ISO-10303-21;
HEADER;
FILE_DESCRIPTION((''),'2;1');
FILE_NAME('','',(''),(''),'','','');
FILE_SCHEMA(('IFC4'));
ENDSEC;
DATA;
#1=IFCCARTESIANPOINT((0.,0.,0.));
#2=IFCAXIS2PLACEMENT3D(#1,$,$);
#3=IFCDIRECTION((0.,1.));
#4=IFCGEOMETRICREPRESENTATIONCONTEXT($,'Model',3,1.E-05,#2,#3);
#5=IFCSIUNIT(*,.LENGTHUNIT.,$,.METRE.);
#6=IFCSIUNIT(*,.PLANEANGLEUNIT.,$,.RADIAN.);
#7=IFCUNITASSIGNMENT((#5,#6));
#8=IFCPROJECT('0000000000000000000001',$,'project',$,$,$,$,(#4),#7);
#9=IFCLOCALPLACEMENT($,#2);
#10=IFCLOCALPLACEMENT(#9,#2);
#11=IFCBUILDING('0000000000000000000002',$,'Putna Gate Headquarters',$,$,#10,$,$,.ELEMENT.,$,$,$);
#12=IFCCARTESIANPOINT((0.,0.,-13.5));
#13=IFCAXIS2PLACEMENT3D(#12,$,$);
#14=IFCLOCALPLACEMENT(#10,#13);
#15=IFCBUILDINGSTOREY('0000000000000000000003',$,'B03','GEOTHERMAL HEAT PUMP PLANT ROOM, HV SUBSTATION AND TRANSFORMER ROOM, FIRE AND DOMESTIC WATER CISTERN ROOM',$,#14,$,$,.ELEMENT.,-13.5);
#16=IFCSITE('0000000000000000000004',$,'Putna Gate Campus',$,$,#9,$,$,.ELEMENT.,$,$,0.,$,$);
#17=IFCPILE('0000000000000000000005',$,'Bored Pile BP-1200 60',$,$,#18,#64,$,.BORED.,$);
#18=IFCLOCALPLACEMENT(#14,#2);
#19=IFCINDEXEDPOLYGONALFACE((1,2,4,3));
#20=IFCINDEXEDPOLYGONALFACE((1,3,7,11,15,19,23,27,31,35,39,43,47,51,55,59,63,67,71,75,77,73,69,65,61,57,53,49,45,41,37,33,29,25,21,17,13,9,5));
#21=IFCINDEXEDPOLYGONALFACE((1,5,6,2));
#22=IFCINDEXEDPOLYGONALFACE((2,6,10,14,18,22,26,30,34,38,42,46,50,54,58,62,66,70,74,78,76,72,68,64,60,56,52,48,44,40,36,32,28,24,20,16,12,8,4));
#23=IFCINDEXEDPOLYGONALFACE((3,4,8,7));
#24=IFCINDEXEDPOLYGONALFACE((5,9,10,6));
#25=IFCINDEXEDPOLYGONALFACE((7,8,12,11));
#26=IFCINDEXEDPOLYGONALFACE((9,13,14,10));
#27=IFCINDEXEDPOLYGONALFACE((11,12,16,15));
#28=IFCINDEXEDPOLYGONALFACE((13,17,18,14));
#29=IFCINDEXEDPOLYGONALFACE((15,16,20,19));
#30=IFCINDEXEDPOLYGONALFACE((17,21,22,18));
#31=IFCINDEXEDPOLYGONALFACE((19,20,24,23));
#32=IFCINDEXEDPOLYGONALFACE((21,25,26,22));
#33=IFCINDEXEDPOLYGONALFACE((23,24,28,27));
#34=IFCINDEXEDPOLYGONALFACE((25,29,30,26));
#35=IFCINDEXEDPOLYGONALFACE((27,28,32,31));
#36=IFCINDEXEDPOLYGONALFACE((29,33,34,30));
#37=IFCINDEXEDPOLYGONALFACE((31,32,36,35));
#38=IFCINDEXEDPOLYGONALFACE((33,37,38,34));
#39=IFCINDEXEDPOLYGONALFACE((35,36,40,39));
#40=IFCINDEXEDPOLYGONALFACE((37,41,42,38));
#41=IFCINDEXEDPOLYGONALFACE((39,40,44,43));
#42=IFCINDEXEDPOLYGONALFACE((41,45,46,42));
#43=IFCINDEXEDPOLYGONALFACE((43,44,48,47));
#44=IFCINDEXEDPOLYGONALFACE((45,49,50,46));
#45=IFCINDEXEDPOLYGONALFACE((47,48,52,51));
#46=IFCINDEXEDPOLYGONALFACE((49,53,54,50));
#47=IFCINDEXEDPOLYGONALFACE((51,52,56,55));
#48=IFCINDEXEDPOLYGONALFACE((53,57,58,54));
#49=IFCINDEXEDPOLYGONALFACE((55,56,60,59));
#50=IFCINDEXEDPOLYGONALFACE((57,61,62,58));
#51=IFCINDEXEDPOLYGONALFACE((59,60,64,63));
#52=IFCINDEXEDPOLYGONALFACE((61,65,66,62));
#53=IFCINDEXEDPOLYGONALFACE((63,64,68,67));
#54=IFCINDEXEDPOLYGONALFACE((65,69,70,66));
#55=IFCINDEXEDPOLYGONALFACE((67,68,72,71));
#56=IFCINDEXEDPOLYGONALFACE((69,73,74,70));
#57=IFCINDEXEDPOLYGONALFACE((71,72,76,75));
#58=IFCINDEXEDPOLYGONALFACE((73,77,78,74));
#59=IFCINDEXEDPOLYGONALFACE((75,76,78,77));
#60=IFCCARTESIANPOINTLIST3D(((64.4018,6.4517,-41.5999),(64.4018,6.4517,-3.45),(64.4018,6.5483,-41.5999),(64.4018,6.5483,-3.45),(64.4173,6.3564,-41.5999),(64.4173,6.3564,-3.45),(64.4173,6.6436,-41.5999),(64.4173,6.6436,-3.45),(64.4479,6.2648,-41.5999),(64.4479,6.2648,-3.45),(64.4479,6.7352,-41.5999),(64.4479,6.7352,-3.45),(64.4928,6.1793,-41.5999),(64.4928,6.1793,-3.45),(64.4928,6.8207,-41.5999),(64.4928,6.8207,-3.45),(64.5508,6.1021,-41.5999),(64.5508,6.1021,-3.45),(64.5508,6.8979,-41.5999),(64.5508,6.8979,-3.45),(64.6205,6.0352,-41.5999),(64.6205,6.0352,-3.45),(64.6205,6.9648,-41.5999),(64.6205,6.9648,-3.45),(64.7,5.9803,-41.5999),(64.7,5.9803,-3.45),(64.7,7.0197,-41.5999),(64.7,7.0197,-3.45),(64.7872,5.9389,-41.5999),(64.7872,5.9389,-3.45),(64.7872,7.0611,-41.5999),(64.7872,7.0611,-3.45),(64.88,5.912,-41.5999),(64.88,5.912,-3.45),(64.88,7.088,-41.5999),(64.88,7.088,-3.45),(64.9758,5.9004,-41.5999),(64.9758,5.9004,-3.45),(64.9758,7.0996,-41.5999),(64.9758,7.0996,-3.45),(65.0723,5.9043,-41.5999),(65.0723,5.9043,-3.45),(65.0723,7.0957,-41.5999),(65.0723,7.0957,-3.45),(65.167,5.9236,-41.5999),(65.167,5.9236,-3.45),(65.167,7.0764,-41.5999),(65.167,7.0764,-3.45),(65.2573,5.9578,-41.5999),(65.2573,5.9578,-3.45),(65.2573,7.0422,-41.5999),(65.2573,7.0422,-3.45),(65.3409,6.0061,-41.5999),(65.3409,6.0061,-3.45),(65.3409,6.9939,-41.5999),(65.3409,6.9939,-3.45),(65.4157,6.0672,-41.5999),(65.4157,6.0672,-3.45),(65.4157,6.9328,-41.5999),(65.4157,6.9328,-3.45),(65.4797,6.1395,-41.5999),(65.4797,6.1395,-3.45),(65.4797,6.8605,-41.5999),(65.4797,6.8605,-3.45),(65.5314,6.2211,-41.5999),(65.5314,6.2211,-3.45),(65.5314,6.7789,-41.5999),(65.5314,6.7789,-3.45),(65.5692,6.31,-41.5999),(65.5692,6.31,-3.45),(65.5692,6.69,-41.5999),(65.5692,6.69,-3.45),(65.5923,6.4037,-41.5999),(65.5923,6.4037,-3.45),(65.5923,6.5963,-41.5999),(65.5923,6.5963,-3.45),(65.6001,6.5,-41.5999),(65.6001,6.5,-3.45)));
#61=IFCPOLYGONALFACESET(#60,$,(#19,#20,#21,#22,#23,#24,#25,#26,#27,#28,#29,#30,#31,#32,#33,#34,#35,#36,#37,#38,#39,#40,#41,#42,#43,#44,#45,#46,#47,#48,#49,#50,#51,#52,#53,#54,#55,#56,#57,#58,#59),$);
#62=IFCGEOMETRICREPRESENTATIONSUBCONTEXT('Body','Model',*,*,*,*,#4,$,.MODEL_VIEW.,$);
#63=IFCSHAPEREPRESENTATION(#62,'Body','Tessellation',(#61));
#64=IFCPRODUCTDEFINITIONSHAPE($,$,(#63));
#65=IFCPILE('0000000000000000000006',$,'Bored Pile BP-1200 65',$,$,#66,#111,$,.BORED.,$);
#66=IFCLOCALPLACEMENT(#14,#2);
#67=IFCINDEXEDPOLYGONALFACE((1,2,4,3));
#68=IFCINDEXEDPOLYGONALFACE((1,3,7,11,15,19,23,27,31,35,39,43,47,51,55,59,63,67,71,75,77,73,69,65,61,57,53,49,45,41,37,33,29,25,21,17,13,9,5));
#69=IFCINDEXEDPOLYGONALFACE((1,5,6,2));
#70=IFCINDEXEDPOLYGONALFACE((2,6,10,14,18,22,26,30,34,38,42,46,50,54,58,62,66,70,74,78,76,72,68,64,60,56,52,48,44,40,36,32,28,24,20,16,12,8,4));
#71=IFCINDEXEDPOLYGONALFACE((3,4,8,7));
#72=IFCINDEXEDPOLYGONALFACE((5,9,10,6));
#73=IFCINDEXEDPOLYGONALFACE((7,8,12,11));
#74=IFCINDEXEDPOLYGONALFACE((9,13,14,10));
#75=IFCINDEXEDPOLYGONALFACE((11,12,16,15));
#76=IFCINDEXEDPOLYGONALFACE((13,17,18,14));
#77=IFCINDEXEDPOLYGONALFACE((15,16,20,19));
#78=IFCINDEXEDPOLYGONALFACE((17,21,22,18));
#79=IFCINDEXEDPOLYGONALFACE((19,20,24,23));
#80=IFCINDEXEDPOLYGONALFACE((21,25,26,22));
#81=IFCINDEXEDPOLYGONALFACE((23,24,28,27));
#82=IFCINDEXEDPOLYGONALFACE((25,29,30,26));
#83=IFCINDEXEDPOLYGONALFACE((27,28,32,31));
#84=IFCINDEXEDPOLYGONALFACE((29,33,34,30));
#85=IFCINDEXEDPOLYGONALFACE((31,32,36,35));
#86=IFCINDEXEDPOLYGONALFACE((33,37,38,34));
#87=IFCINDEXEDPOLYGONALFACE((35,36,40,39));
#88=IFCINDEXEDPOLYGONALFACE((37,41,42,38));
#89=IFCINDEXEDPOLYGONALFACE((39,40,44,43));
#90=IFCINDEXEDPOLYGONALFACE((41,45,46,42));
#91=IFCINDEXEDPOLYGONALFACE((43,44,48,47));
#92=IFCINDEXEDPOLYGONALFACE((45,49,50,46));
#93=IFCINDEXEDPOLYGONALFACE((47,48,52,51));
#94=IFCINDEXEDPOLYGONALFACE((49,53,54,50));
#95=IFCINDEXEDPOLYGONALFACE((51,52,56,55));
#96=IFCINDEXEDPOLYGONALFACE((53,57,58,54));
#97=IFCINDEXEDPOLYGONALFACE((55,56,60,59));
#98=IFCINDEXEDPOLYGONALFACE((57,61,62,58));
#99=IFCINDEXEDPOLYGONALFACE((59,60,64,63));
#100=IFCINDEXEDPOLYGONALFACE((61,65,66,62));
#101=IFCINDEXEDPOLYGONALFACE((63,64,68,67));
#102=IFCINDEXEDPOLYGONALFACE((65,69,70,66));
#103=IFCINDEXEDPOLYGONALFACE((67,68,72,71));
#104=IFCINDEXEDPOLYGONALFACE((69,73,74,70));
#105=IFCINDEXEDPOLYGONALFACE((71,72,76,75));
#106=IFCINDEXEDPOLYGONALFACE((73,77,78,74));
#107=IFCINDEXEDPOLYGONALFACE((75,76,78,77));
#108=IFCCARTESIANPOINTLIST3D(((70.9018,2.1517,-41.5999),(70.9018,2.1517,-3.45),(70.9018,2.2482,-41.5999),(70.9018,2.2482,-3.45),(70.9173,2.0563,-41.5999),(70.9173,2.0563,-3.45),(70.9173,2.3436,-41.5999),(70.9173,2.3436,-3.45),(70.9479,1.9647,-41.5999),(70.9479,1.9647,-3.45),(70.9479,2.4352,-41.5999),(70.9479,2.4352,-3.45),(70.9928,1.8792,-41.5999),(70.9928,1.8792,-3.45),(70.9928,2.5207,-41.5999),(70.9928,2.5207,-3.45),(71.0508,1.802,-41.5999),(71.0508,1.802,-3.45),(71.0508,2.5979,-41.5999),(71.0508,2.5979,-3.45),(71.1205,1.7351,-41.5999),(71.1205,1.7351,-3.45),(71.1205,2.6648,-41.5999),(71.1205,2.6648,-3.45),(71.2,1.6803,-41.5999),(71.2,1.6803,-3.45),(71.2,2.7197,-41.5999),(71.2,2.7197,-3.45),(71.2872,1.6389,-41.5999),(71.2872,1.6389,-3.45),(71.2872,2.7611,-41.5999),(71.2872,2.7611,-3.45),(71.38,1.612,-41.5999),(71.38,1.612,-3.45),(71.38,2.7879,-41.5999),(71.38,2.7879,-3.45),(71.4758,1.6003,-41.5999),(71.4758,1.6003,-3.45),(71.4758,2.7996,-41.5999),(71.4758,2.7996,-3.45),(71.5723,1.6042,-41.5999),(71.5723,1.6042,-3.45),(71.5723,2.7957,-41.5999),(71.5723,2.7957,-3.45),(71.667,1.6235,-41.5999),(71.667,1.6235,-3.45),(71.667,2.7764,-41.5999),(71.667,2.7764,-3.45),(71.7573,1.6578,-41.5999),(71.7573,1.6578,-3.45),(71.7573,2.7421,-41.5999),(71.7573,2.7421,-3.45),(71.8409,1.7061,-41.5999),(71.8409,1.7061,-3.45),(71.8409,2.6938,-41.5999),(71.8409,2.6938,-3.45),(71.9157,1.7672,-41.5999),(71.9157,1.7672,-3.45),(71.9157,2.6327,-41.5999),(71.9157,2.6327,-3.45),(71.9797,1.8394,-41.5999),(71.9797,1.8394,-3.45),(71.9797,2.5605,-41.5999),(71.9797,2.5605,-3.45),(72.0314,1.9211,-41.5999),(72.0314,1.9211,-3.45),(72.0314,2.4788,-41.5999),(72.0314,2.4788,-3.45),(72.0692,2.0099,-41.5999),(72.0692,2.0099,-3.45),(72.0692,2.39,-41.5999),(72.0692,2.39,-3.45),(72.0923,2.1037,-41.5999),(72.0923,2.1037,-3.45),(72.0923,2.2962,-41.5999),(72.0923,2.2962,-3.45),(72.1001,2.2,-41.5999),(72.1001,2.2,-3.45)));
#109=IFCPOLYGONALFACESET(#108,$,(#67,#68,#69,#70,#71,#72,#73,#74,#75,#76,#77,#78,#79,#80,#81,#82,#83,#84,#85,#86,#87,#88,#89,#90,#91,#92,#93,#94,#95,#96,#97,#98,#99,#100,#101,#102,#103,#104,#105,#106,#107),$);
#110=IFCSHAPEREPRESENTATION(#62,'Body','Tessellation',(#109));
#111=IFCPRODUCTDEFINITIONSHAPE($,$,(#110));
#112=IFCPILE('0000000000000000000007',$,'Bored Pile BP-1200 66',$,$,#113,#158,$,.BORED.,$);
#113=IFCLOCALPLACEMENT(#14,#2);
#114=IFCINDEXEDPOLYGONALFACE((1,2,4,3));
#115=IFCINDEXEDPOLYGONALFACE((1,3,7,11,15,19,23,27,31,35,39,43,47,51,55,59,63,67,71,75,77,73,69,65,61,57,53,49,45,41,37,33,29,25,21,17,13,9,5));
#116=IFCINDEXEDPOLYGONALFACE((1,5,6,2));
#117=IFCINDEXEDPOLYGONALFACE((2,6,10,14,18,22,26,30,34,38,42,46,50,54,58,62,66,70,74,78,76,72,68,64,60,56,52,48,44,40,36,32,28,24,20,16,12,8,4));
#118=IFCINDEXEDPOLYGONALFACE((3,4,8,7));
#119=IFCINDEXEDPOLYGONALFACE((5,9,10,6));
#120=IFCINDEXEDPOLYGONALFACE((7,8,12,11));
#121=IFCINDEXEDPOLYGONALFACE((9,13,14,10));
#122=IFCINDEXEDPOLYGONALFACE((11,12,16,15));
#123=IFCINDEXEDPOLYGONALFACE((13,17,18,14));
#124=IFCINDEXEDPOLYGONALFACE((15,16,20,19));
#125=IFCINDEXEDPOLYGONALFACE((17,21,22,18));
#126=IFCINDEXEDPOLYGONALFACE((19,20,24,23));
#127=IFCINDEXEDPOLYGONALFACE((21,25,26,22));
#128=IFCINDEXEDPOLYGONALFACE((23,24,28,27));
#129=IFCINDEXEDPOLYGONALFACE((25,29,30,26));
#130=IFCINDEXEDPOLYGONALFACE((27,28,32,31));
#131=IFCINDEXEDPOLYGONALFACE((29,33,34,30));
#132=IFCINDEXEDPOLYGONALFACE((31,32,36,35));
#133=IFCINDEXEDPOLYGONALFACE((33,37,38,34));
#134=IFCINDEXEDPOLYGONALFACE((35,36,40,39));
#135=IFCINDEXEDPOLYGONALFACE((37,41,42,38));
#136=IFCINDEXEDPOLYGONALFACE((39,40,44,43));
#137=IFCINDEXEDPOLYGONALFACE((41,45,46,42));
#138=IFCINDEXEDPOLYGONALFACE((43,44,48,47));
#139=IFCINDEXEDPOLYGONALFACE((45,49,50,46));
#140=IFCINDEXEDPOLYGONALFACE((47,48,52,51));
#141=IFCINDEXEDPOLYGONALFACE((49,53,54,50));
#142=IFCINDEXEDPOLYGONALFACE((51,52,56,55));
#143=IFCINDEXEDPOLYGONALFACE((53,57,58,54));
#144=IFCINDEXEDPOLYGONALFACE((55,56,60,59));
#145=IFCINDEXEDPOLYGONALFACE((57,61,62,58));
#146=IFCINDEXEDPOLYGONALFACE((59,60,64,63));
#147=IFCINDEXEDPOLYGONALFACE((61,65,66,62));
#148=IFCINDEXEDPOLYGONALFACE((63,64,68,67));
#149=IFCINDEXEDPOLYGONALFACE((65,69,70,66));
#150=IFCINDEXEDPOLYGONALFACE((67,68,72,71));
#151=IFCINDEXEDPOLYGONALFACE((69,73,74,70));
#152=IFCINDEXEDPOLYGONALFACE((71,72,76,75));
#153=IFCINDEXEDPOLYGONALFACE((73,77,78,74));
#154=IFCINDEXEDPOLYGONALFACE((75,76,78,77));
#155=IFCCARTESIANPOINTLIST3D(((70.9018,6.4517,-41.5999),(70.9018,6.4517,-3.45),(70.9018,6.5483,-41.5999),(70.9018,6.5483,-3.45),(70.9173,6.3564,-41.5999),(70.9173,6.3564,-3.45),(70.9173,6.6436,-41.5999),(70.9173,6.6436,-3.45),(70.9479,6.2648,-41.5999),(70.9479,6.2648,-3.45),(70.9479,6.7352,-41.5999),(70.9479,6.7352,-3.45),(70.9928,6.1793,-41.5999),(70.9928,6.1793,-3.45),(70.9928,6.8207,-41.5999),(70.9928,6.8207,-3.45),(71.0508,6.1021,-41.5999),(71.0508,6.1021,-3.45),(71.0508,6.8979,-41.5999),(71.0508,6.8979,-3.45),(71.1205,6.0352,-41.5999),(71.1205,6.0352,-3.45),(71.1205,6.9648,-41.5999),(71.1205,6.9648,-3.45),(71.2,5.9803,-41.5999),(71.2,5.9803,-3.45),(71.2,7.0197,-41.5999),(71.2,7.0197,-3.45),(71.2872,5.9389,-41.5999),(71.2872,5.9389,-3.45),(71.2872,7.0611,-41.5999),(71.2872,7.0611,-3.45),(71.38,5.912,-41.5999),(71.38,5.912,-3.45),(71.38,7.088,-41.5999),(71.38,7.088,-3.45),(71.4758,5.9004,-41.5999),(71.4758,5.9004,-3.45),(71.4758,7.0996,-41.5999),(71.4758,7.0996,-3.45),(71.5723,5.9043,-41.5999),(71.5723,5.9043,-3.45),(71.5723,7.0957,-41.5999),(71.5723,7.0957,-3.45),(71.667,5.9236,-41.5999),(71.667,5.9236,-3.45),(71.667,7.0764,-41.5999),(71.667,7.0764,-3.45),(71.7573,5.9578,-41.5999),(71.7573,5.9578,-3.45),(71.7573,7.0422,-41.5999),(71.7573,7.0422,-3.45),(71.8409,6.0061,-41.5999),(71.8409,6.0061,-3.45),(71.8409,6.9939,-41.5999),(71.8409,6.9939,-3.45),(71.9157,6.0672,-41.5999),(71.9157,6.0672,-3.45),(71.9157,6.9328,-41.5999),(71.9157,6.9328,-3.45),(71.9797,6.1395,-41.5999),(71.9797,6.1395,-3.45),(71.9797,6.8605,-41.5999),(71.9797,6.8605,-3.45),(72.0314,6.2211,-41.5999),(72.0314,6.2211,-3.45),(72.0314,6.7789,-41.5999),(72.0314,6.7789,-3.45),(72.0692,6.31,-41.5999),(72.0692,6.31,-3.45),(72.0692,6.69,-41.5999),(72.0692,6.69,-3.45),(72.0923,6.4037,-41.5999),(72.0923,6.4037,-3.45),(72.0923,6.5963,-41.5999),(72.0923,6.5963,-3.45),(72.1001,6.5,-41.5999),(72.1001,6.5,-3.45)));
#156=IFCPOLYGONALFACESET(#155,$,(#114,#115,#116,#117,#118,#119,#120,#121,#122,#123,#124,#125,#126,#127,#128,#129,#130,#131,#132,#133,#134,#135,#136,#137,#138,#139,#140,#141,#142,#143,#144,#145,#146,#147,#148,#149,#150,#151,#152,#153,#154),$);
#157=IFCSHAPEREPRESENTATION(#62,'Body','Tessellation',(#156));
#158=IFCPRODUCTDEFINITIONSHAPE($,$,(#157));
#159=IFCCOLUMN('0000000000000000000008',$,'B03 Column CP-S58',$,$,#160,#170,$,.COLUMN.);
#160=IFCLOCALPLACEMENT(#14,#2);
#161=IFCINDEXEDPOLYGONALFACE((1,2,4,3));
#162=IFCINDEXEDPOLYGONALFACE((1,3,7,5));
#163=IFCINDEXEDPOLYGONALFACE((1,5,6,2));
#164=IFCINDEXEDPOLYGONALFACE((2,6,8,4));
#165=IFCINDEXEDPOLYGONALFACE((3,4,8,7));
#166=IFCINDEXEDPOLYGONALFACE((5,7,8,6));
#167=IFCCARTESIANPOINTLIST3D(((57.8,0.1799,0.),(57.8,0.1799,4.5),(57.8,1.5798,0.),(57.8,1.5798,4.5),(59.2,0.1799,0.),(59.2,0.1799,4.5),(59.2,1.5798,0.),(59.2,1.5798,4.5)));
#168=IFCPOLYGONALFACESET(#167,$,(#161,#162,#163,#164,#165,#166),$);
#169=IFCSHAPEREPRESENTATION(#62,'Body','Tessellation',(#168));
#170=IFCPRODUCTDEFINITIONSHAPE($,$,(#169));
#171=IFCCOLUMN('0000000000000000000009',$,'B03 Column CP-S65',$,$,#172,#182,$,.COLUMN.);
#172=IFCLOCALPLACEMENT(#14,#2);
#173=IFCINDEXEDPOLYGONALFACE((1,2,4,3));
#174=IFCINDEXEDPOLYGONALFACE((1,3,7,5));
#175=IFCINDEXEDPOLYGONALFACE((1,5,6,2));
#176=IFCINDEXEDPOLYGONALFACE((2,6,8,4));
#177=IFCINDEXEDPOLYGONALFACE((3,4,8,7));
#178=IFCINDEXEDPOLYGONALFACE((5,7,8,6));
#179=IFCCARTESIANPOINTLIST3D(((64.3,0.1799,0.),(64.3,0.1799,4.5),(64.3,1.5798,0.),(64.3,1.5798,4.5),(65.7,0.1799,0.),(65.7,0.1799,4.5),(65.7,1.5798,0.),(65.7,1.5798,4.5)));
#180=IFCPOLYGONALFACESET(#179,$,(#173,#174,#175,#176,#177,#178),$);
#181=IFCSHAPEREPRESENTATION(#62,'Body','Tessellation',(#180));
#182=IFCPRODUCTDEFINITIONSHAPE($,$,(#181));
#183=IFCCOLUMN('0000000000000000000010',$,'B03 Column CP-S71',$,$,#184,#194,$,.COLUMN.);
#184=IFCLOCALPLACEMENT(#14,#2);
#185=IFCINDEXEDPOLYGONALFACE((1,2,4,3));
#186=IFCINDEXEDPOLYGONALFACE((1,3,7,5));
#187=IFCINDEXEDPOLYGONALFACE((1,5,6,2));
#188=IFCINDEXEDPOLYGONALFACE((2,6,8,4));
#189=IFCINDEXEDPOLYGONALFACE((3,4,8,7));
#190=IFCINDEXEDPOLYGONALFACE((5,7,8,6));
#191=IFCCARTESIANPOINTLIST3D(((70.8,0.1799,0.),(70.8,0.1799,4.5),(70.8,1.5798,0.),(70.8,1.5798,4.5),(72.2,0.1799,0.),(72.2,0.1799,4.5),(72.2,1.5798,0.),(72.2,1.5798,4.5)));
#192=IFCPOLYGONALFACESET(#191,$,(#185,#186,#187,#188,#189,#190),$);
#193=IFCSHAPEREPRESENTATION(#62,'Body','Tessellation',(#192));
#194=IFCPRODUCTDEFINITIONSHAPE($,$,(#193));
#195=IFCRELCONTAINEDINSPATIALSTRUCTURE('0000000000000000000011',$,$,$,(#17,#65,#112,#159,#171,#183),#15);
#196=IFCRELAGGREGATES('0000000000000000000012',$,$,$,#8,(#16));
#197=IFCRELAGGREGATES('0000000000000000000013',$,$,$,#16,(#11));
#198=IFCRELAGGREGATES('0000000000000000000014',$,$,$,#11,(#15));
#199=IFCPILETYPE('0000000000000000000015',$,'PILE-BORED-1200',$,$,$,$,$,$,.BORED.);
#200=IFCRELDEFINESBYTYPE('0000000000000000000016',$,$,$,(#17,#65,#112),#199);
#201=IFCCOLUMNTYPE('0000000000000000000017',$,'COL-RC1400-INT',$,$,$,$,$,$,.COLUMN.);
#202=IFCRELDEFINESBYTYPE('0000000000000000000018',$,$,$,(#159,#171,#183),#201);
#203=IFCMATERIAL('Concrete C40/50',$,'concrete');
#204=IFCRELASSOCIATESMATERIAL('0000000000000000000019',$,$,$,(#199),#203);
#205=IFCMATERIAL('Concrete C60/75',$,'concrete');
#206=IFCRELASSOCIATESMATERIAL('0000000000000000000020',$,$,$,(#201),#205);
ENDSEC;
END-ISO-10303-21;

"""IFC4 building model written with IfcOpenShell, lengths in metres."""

from ifc_helpers import new_model, si_unit, direction, frame, origin, origin_2d, place, context, subcontext, project, spatial, rectangle, circle, extrude, material, material_profile, profile_set, type_object, element, save


model = new_model("IFC4")

# Units and contexts
model_context = context("Model", 3, precision=1e-05, world=origin(), true_north=direction((0.0, 1.0)))
body_context = subcontext(model_context, "Body", "Model", "MODEL_VIEW")
ifc_project = project(units=[si_unit("LENGTHUNIT", "METRE"), si_unit("PLANEANGLEUNIT", "RADIAN")], contexts=[model_context])

# Site, building, storey
site_placement = place(None, origin())
site = spatial("IfcSite", under=ifc_project, at=site_placement, Name="Putna Gate Campus", CompositionType="ELEMENT", RefElevation=0.0)
building_placement = place(site_placement, origin())
building = spatial("IfcBuilding", under=site, at=building_placement, Name="Putna Gate Headquarters", CompositionType="ELEMENT")
storey_placement = place(building_placement, frame((0.0, 0.0, -13.5)))
storey = spatial("IfcBuildingStorey", under=building, at=storey_placement, Name="B03", Description="GEOTHERMAL HEAT PUMP PLANT ROOM, HV SUBSTATION AND TRANSFORMER ROOM, FIRE AND DOMESTIC WATER CISTERN ROOM", CompositionType="ELEMENT", Elevation=-13.5)

# Shared definitions
ifc_material_1 = material(Name="Concrete C40/50", Category="concrete")

# Piles
ifc_material_profile_1 = material_profile(ifc_material_1, circle(Radius=0.6001, at=origin_2d()), Name="Concrete C40/50")
ifc_profile_set_1 = profile_set([ifc_material_profile_1], Name="Concrete C40/50")
pile_type = type_object("IfcPileType", Name="PILE-BORED-1200", PredefinedType="BORED", material=ifc_profile_set_1)
for number, where, z_axis, x_axis, name in (
    (1, (65.0, 6.5, -3.45), (0.0, 0.0, -1.0), (1.0, 0.0, 0.0), "Bored Pile BP-1200 60"),
    (2, (71.5, 2.2, -3.45), (0.0, 0.0, -1.0), (1.0, 0.0, 0.0), "Bored Pile BP-1200 65"),
    (3, (71.5, 6.5, -3.45), (0.0, 0.0, -1.0), (1.0, 0.0, 0.0), "Bored Pile BP-1200 66"),
):
    element("IfcPile", number, at=place(storey_placement, frame(where, z_axis=z_axis, x_axis=x_axis)), inside=storey, type_object=pile_type, Name=name, PredefinedType="BORED", context=body_context, shape_type="SweptSolid", body=[
        extrude(circle(Radius=0.6001, at=origin_2d()), origin(), (0.0, 0.0, 1.0), 38.1499),
    ])

# Columns
ifc_material_2 = material(Name="Concrete C60/75", Category="concrete")
ifc_material_profile_2 = material_profile(ifc_material_2, rectangle(XDim=1.3999, YDim=1.3999, at=origin_2d()), Name="Concrete C60/75")
ifc_profile_set_2 = profile_set([ifc_material_profile_2], Name="Concrete C60/75")
column_type = type_object("IfcColumnType", Name="COL-RC1400-INT", PredefinedType="COLUMN", material=ifc_profile_set_2)
for number, where, z_axis, x_axis, name in (
    (4, (58.5, 0.8799, 0.0), (0.0, 0.0, 1.0), (1.0, 0.0, 0.0), "B03 Column CP-S58"),
    (5, (65.0, 0.8799, 0.0), (0.0, 0.0, 1.0), (1.0, 0.0, 0.0), "B03 Column CP-S65"),
    (6, (71.5, 0.8799, 0.0), (0.0, 0.0, 1.0), (1.0, 0.0, 0.0), "B03 Column CP-S71"),
):
    element("IfcColumn", number, at=place(storey_placement, frame(where, z_axis=z_axis, x_axis=x_axis)), inside=storey, type_object=column_type, Name=name, PredefinedType="COLUMN", context=body_context, shape_type="SweptSolid", body=[
        extrude(rectangle(XDim=1.3999, YDim=1.3999, at=origin_2d()), origin(), (0.0, 0.0, 1.0), 4.5),
    ])

save(model, "model.ifc")
